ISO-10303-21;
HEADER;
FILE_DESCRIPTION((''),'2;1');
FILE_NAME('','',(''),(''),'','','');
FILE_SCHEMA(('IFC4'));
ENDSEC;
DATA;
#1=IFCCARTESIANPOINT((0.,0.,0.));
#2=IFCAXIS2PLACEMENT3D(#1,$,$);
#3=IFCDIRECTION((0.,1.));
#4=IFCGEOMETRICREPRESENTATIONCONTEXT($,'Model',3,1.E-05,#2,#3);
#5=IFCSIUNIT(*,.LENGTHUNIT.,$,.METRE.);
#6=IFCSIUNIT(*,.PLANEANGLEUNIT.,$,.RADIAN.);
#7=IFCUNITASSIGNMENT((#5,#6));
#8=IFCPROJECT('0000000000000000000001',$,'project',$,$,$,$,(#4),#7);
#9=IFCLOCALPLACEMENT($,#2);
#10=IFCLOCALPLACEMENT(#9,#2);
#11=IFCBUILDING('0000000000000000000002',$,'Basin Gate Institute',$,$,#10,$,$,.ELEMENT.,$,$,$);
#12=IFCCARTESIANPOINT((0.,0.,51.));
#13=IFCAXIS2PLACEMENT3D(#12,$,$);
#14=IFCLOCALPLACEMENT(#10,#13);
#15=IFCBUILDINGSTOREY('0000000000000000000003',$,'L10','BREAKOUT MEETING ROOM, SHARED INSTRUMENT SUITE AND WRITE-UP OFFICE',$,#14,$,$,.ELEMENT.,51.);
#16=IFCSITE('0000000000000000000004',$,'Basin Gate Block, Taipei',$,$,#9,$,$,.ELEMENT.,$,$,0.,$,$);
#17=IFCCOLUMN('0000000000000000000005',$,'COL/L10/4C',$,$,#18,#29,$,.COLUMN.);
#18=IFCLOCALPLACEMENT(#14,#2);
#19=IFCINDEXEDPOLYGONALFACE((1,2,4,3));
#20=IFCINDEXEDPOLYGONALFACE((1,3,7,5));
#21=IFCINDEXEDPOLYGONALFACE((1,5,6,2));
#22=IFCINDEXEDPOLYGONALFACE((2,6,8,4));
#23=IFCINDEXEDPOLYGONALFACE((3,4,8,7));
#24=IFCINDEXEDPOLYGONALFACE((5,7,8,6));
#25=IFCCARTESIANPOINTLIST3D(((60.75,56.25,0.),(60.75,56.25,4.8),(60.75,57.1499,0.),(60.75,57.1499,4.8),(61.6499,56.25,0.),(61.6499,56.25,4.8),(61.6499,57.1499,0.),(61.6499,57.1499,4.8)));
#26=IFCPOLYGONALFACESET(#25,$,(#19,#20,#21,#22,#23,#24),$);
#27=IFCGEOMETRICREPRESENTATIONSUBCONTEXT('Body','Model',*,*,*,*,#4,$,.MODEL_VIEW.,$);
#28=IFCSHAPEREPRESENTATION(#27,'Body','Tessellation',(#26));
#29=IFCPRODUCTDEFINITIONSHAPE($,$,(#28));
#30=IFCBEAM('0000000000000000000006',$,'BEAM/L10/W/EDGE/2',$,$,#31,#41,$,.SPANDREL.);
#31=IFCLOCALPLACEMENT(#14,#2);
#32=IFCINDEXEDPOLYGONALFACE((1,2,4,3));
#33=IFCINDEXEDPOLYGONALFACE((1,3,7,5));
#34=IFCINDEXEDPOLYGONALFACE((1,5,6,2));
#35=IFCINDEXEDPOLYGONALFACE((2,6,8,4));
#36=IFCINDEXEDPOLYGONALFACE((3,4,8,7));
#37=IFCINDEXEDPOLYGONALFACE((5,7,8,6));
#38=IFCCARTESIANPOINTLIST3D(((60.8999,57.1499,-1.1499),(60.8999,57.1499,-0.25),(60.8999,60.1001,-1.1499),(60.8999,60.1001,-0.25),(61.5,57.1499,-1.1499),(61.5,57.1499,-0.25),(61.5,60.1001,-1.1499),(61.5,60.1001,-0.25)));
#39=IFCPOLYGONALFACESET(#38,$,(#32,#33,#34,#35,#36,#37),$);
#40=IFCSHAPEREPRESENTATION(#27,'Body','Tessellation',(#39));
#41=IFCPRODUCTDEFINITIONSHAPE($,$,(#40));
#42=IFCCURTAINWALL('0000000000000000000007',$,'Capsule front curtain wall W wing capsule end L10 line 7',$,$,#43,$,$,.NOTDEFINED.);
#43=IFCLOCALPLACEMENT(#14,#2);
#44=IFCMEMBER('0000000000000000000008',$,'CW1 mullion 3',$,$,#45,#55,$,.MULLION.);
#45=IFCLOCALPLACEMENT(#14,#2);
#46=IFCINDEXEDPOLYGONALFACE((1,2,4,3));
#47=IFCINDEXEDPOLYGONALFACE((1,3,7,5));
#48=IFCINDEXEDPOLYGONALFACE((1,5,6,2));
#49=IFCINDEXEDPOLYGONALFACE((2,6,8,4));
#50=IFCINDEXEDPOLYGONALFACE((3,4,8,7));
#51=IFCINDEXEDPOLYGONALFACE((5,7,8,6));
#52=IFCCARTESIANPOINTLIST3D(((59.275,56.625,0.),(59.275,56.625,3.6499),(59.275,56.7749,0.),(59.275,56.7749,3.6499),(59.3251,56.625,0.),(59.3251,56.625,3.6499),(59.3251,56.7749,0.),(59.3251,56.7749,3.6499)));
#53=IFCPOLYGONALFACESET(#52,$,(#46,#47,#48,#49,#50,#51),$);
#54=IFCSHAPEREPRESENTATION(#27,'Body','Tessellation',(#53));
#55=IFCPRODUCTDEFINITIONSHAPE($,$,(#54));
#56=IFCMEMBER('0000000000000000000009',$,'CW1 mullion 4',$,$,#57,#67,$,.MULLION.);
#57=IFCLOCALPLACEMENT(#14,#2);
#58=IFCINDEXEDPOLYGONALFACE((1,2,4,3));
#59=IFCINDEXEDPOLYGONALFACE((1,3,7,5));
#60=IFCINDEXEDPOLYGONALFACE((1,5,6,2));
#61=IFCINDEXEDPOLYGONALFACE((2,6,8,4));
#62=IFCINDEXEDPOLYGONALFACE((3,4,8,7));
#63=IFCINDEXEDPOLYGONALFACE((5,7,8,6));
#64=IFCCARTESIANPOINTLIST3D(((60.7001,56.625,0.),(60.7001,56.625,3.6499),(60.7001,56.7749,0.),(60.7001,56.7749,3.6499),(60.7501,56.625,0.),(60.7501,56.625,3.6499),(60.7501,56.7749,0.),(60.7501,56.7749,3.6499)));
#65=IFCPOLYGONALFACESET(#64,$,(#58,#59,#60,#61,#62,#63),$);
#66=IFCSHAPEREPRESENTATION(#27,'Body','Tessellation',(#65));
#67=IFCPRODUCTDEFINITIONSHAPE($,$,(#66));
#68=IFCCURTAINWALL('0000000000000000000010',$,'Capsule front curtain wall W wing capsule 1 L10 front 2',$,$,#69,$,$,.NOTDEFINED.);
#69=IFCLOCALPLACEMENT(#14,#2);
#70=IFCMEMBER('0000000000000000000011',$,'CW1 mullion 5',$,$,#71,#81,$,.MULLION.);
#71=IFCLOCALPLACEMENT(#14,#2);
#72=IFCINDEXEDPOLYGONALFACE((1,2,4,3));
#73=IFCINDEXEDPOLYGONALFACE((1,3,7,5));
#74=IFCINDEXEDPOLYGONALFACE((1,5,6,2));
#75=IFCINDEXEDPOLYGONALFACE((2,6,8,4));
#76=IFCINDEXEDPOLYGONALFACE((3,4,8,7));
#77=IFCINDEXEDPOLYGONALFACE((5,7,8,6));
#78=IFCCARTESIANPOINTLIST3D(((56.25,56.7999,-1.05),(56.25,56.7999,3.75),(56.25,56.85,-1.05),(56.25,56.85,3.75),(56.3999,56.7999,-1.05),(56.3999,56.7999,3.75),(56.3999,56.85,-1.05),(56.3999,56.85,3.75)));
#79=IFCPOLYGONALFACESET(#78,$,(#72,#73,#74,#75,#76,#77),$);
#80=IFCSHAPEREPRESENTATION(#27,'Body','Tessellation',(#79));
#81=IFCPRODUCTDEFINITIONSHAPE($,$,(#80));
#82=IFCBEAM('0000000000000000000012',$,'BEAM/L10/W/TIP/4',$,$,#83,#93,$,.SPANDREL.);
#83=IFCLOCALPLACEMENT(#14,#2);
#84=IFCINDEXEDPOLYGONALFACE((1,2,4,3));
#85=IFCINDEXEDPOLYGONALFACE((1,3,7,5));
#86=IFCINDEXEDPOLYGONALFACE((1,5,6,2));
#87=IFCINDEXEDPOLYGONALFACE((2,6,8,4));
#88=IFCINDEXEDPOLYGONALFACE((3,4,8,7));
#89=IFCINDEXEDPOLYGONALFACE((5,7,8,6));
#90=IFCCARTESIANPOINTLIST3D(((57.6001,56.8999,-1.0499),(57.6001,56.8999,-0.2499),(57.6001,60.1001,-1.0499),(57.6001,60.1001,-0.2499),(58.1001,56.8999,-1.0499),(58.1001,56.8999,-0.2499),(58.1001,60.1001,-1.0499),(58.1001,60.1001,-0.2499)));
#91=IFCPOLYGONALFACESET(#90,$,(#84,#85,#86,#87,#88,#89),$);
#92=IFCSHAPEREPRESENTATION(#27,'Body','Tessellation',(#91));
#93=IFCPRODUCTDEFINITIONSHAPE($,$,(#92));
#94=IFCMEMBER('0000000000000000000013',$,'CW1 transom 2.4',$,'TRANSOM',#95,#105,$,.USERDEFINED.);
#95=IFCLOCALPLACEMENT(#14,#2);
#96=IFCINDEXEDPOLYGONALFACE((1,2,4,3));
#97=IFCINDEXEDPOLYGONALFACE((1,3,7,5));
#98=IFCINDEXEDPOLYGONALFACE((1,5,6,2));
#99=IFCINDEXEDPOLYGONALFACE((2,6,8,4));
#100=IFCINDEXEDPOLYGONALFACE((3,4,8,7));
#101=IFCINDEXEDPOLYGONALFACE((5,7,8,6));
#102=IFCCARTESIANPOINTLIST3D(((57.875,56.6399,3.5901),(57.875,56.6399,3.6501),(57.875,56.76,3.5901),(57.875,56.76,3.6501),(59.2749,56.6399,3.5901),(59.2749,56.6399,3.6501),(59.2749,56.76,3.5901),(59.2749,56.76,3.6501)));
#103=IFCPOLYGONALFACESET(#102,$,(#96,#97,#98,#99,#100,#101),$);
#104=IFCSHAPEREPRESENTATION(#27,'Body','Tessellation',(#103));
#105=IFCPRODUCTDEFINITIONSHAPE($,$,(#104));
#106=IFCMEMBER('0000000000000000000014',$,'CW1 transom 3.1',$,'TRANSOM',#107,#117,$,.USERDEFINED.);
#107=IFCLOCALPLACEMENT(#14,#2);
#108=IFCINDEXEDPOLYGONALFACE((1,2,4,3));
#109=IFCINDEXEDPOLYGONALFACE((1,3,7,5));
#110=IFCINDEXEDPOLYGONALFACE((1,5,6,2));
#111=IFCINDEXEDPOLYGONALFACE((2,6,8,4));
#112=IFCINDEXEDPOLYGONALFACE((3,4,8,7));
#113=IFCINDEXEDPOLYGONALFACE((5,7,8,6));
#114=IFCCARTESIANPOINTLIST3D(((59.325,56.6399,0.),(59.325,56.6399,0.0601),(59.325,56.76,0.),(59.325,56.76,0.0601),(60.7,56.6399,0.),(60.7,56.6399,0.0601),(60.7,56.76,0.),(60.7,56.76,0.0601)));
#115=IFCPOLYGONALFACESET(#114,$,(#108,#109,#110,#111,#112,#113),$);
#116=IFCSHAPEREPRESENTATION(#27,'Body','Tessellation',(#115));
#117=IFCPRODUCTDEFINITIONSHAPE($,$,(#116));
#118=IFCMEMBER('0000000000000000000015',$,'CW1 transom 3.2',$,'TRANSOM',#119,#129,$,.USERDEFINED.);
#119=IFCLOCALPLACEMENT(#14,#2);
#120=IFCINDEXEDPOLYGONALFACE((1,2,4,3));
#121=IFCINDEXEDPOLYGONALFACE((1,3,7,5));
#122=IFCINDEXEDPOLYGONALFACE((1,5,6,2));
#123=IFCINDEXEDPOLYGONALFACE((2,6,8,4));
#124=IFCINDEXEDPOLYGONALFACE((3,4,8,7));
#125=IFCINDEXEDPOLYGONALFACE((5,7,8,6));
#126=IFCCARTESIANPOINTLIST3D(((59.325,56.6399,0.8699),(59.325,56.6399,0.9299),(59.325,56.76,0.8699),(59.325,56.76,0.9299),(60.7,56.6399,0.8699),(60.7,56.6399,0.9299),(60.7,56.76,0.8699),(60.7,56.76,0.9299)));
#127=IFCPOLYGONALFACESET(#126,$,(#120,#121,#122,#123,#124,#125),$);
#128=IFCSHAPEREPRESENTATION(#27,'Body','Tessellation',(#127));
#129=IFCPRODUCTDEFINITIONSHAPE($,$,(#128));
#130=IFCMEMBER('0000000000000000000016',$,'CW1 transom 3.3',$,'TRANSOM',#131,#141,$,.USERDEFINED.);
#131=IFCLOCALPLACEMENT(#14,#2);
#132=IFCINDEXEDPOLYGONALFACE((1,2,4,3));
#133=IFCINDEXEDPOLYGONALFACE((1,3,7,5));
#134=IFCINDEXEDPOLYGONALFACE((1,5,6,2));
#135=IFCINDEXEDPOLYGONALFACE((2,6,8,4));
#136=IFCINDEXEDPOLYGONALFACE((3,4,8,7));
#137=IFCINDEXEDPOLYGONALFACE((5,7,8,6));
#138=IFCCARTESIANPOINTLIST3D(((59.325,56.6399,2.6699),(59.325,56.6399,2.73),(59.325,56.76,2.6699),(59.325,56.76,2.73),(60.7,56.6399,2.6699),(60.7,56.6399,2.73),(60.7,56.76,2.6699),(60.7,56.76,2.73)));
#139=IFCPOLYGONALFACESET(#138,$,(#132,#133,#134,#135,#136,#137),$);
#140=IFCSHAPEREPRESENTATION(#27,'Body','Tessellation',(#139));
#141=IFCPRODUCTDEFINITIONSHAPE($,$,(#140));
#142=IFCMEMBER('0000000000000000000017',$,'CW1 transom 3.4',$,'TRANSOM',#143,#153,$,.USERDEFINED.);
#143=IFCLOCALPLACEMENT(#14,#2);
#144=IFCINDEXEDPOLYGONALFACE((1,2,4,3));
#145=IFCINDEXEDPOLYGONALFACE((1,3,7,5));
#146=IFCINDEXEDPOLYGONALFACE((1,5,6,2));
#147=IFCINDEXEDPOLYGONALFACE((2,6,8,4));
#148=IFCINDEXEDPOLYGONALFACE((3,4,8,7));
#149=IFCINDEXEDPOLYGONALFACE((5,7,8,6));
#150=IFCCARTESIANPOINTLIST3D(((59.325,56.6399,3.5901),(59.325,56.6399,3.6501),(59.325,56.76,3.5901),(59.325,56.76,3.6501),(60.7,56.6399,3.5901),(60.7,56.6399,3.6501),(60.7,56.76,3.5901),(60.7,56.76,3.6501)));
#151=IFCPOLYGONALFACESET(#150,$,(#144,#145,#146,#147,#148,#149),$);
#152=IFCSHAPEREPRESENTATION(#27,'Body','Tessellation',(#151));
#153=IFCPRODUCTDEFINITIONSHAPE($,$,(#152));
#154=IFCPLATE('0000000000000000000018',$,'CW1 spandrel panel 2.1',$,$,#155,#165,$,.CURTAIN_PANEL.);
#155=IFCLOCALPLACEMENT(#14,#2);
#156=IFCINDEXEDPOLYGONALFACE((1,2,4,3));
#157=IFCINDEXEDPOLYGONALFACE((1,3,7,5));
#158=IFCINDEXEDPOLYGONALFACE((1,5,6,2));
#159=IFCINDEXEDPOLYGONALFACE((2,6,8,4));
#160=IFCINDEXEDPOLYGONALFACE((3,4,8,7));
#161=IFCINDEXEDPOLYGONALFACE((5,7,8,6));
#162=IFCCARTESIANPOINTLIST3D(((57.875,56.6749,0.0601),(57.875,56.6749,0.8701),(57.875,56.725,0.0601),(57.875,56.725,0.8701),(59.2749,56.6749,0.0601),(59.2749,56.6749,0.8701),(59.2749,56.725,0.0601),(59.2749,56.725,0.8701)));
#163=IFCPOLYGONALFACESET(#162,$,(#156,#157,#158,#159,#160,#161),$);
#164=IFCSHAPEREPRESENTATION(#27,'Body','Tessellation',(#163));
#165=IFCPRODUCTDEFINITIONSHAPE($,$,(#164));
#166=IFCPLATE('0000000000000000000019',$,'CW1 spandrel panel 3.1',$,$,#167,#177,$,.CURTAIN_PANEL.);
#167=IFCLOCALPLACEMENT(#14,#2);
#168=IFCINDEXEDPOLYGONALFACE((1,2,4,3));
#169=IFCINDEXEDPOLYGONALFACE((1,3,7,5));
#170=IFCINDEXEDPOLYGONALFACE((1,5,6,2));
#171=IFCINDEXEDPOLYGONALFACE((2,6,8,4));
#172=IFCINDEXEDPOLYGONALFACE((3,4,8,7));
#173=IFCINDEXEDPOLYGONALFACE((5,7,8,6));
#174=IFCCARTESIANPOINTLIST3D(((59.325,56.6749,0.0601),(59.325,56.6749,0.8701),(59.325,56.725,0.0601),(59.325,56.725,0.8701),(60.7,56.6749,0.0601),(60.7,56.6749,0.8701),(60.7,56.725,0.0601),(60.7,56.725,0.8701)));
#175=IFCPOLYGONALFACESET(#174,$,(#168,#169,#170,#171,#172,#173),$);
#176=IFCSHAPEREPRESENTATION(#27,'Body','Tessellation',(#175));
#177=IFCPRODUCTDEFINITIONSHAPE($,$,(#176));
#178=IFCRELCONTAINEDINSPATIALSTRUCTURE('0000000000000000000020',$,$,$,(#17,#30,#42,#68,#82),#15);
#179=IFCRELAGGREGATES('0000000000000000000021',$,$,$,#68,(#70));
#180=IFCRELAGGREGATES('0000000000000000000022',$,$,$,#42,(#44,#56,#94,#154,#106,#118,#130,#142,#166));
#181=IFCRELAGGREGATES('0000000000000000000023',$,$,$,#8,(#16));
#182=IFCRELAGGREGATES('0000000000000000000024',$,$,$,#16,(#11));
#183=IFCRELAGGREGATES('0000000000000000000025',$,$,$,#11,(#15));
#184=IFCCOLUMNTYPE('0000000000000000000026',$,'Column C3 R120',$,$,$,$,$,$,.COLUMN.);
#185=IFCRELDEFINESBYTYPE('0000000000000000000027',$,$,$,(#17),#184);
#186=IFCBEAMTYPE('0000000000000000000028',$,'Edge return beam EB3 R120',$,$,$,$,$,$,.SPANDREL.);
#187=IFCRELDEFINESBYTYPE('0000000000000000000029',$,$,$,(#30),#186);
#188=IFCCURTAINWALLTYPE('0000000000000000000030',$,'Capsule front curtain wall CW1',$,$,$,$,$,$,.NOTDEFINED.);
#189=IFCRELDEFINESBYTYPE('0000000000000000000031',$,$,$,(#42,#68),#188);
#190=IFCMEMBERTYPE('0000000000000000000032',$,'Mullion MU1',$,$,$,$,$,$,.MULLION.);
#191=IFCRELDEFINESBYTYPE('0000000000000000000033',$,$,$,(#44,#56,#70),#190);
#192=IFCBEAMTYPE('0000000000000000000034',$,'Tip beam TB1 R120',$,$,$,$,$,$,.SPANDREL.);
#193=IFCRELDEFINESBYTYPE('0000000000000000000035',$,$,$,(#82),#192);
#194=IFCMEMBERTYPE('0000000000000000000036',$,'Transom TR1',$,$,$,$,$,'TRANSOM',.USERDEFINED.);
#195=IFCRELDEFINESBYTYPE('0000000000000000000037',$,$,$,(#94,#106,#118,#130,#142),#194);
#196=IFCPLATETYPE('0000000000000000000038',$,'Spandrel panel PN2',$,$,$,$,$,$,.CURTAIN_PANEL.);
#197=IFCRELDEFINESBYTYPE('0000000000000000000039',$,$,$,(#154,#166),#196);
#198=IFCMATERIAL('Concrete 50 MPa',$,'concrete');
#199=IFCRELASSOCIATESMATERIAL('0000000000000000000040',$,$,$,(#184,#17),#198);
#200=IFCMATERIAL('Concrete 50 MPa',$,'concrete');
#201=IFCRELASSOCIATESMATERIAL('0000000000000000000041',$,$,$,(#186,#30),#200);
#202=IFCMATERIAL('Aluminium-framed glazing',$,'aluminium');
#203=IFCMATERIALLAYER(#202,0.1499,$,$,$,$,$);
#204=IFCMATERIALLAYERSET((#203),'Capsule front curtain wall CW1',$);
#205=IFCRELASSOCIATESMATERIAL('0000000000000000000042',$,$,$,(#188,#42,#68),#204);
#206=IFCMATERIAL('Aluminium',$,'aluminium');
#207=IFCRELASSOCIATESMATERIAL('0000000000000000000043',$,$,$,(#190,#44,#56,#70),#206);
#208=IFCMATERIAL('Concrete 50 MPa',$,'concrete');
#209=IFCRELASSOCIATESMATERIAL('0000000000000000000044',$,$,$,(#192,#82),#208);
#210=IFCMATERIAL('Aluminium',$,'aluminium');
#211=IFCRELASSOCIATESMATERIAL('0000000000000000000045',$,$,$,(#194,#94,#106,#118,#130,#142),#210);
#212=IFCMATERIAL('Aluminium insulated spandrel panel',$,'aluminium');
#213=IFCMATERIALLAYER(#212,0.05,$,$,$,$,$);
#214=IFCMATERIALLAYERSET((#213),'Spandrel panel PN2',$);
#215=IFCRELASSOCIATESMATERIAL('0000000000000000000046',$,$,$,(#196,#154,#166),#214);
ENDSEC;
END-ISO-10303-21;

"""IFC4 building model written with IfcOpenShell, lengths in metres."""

from ifc_helpers import new_model, si_unit, direction, frame, origin, origin_2d, place, context, subcontext, project, spatial, rectangle, extrude, material, layer, layer_set, material_profile, profile_set, type_object, element, aggregate, save


model = new_model("IFC4")

# Units and contexts
model_context = context("Model", 3, precision=1e-05, world=origin(), true_north=direction((0.0, 1.0)))
body_context = subcontext(model_context, "Body", "Model", "MODEL_VIEW")
ifc_project = project(units=[si_unit("LENGTHUNIT", "METRE"), si_unit("PLANEANGLEUNIT", "RADIAN")], contexts=[model_context])

# Site, building, storey
site_placement = place(None, origin())
site = spatial("IfcSite", under=ifc_project, at=site_placement, Name="Basin Gate Block, Taipei", CompositionType="ELEMENT", RefElevation=0.0)
building_placement = place(site_placement, origin())
building = spatial("IfcBuilding", under=site, at=building_placement, Name="Basin Gate Institute", CompositionType="ELEMENT")
storey_placement = place(building_placement, frame((0.0, 0.0, 51.0)))
storey = spatial("IfcBuildingStorey", under=building, at=storey_placement, Name="L10", Description="BREAKOUT MEETING ROOM, SHARED INSTRUMENT SUITE AND WRITE-UP OFFICE", CompositionType="ELEMENT", Elevation=51.0)

# Column
ifc_material_1 = material(Name="Concrete 50 MPa", Category="concrete")
ifc_material_profile_1 = material_profile(ifc_material_1, rectangle(XDim=0.8999, YDim=0.8999, at=origin_2d()), Name="Column C3 900 x 900")
ifc_profile_set_1 = profile_set([ifc_material_profile_1], Name="Concrete 50 MPa")
column_type = type_object("IfcColumnType", Name="Column C3 R120", PredefinedType="COLUMN", material=ifc_profile_set_1)
column_placement = place(storey_placement, frame((61.2, 56.7, 0.0), z_axis=(0.0, 0.0, 1.0), x_axis=(1.0, 0.0, 0.0)))
element("IfcColumn", 1, at=column_placement, inside=storey, type_object=column_type, material=ifc_profile_set_1, Name="COL/L10/4C", PredefinedType="COLUMN", context=body_context, shape_type="SweptSolid", body=[
    extrude(rectangle(XDim=0.8999, YDim=0.8999, at=origin_2d()), origin(), (0.0, 0.0, 1.0), 4.8),
])

# Beam
ifc_material_2 = material(Name="Concrete 50 MPa", Category="concrete")
ifc_material_profile_2 = material_profile(ifc_material_2, rectangle(XDim=0.6001, YDim=0.8999, at=origin_2d()), Name="Edge return beam EB3 600 x 900")
ifc_profile_set_2 = profile_set([ifc_material_profile_2], Name="Concrete 50 MPa")
beam_type_1 = type_object("IfcBeamType", Name="Edge return beam EB3 R120", PredefinedType="SPANDREL", material=ifc_profile_set_2)
beam_1_placement = place(storey_placement, frame((61.2, 57.1499, -0.7), z_axis=(0.0, 1.0, 0.0), x_axis=(-1.0, 0.0, 0.0)))
element("IfcBeam", 2, at=beam_1_placement, inside=storey, type_object=beam_type_1, material=ifc_profile_set_2, Name="BEAM/L10/W/EDGE/2", PredefinedType="SPANDREL", context=body_context, shape_type="SweptSolid", body=[
    extrude(rectangle(XDim=0.6001, YDim=0.8999, at=origin_2d()), origin(), (0.0, 0.0, 1.0), 2.9502),
])

# Curtain wall, members
ifc_material_3 = material(Name="Aluminium-framed glazing", Category="aluminium")
ifc_layer_1 = layer(ifc_material_3, 0.1499)
ifc_layer_set_1 = layer_set([ifc_layer_1], Name="Capsule front curtain wall CW1")
curtain_wall_type = type_object("IfcCurtainWallType", Name="Capsule front curtain wall CW1", PredefinedType="NOTDEFINED", material=ifc_layer_set_1)
curtain_wall_1_placement = place(storey_placement, origin())
curtain_wall_1 = element("IfcCurtainWall", 3, at=curtain_wall_1_placement, inside=storey, type_object=curtain_wall_type, material=ifc_layer_set_1, Name="Capsule front curtain wall W wing capsule end L10 line 7", PredefinedType="NOTDEFINED")
ifc_material_4 = material(Name="Aluminium", Category="aluminium")
ifc_material_profile_3 = material_profile(ifc_material_4, rectangle(XDim=0.1499, YDim=0.05, at=origin_2d()), Name="Mullion MU1 150 x 50")
ifc_profile_set_3 = profile_set([ifc_material_profile_3], Name="Aluminium")
member_type_1 = type_object("IfcMemberType", Name="Mullion MU1", PredefinedType="MULLION", material=ifc_profile_set_3)
member_1_placement = place(storey_placement, frame((59.3, 56.7, 0.0), z_axis=(0.0, 0.0, 1.0), x_axis=(0.0, 1.0, 0.0)))
member_1 = element("IfcMember", 4, at=member_1_placement, type_object=member_type_1, material=ifc_profile_set_3, Name="CW1 mullion 3", PredefinedType="MULLION", context=body_context, shape_type="SweptSolid", body=[
    extrude(rectangle(XDim=0.1499, YDim=0.05, at=origin_2d()), origin(), (0.0, 0.0, 1.0), 3.6499),
])
member_2_placement = place(storey_placement, frame((60.7251, 56.7, 0.0), z_axis=(0.0, 0.0, 1.0), x_axis=(0.0, 1.0, 0.0)))
member_2 = element("IfcMember", 5, at=member_2_placement, type_object=member_type_1, material=ifc_profile_set_3, Name="CW1 mullion 4", PredefinedType="MULLION", context=body_context, shape_type="SweptSolid", body=[
    extrude(rectangle(XDim=0.1499, YDim=0.05, at=origin_2d()), origin(), (0.0, 0.0, 1.0), 3.6499),
])

# Curtain wall, member
curtain_wall_2_placement = place(storey_placement, origin())
curtain_wall_2 = element("IfcCurtainWall", 6, at=curtain_wall_2_placement, inside=storey, type_object=curtain_wall_type, material=ifc_layer_set_1, Name="Capsule front curtain wall W wing capsule 1 L10 front 2", PredefinedType="NOTDEFINED")
member_3_placement = place(storey_placement, frame((56.325, 56.825, -1.05), z_axis=(0.0, 0.0, 1.0), x_axis=(-1.0, 0.0, 0.0)))
member_3 = element("IfcMember", 7, at=member_3_placement, type_object=member_type_1, material=ifc_profile_set_3, Name="CW1 mullion 5", PredefinedType="MULLION", context=body_context, shape_type="SweptSolid", body=[
    extrude(rectangle(XDim=0.1499, YDim=0.05, at=origin_2d()), origin(), (0.0, 0.0, 1.0), 4.8),
])
aggregate(curtain_wall_2, [member_3])

# Beam
ifc_material_5 = material(Name="Concrete 50 MPa", Category="concrete")
ifc_material_profile_4 = material_profile(ifc_material_5, rectangle(XDim=0.5, YDim=0.8, at=origin_2d()), Name="Tip beam TB1 500 x 800")
ifc_profile_set_4 = profile_set([ifc_material_profile_4], Name="Concrete 50 MPa")
beam_type_2 = type_object("IfcBeamType", Name="Tip beam TB1 R120", PredefinedType="SPANDREL", material=ifc_profile_set_4)
beam_2_placement = place(storey_placement, frame((57.8501, 56.8999, -0.6499), z_axis=(0.0, 1.0, 0.0), x_axis=(-1.0, 0.0, 0.0)))
element("IfcBeam", 8, at=beam_2_placement, inside=storey, type_object=beam_type_2, material=ifc_profile_set_4, Name="BEAM/L10/W/TIP/4", PredefinedType="SPANDREL", context=body_context, shape_type="SweptSolid", body=[
    extrude(rectangle(XDim=0.5, YDim=0.8, at=origin_2d()), origin(), (0.0, 0.0, 1.0), 3.2002),
])

# Members
ifc_material_6 = material(Name="Aluminium", Category="aluminium")
ifc_material_profile_5 = material_profile(ifc_material_6, rectangle(XDim=0.1201, YDim=0.0601, at=origin_2d()), Name="Transom TR1 120 x 60")
ifc_profile_set_5 = profile_set([ifc_material_profile_5], Name="Aluminium")
member_type_2 = type_object("IfcMemberType", Name="Transom TR1", ElementType="TRANSOM", PredefinedType="USERDEFINED", material=ifc_profile_set_5)
member_4_placement = place(storey_placement, frame((57.875, 56.7, 3.6201), z_axis=(1.0, 0.0, 0.0), x_axis=(0.0, 1.0, 0.0)))
member_4 = element("IfcMember", 9, at=member_4_placement, type_object=member_type_2, material=ifc_profile_set_5, Name="CW1 transom 2.4", ObjectType="TRANSOM", PredefinedType="USERDEFINED", context=body_context, shape_type="SweptSolid", body=[
    extrude(rectangle(XDim=0.1201, YDim=0.0601, at=origin_2d()), origin(), (0.0, 0.0, 1.0), 1.3999),
])
member_5_placement = place(storey_placement, frame((59.325, 56.7, 0.03), z_axis=(1.0, 0.0, 0.0), x_axis=(0.0, 1.0, 0.0)))
member_5 = element("IfcMember", 10, at=member_5_placement, type_object=member_type_2, material=ifc_profile_set_5, Name="CW1 transom 3.1", ObjectType="TRANSOM", PredefinedType="USERDEFINED", context=body_context, shape_type="SweptSolid", body=[
    extrude(rectangle(XDim=0.1201, YDim=0.0601, at=origin_2d()), origin(), (0.0, 0.0, 1.0), 1.375),
])
member_6_placement = place(storey_placement, frame((59.325, 56.7, 0.8999), z_axis=(1.0, 0.0, 0.0), x_axis=(0.0, 1.0, 0.0)))
member_6 = element("IfcMember", 11, at=member_6_placement, type_object=member_type_2, material=ifc_profile_set_5, Name="CW1 transom 3.2", ObjectType="TRANSOM", PredefinedType="USERDEFINED", context=body_context, shape_type="SweptSolid", body=[
    extrude(rectangle(XDim=0.1201, YDim=0.0601, at=origin_2d()), origin(), (0.0, 0.0, 1.0), 1.375),
])
member_7_placement = place(storey_placement, frame((59.325, 56.7, 2.7), z_axis=(1.0, 0.0, 0.0), x_axis=(0.0, 1.0, 0.0)))
member_7 = element("IfcMember", 12, at=member_7_placement, type_object=member_type_2, material=ifc_profile_set_5, Name="CW1 transom 3.3", ObjectType="TRANSOM", PredefinedType="USERDEFINED", context=body_context, shape_type="SweptSolid", body=[
    extrude(rectangle(XDim=0.1201, YDim=0.0601, at=origin_2d()), origin(), (0.0, 0.0, 1.0), 1.375),
])
member_8_placement = place(storey_placement, frame((59.325, 56.7, 3.6201), z_axis=(1.0, 0.0, 0.0), x_axis=(0.0, 1.0, 0.0)))
member_8 = element("IfcMember", 13, at=member_8_placement, type_object=member_type_2, material=ifc_profile_set_5, Name="CW1 transom 3.4", ObjectType="TRANSOM", PredefinedType="USERDEFINED", context=body_context, shape_type="SweptSolid", body=[
    extrude(rectangle(XDim=0.1201, YDim=0.0601, at=origin_2d()), origin(), (0.0, 0.0, 1.0), 1.375),
])

# Plates
ifc_material_7 = material(Name="Aluminium insulated spandrel panel", Category="aluminium")
ifc_layer_2 = layer(ifc_material_7, 0.05)
ifc_layer_set_2 = layer_set([ifc_layer_2], Name="Spandrel panel PN2")
plate_type_1 = type_object("IfcPlateType", Name="Spandrel panel PN2", PredefinedType="CURTAIN_PANEL", material=ifc_layer_set_2)
plate_1_placement = place(storey_placement, frame((58.575, 56.7, 0.0601), z_axis=(0.0, 0.0, 1.0), x_axis=(1.0, 0.0, 0.0)))
plate_1 = element("IfcPlate", 14, at=plate_1_placement, type_object=plate_type_1, material=ifc_layer_set_2, Name="CW1 spandrel panel 2.1", PredefinedType="CURTAIN_PANEL", context=body_context, shape_type="SweptSolid", body=[
    extrude(rectangle(XDim=1.3999, YDim=0.05, at=origin_2d()), origin(), (0.0, 0.0, 1.0), 0.8101),
])
plate_2_placement = place(storey_placement, frame((60.0125, 56.7, 0.0601), z_axis=(0.0, 0.0, 1.0), x_axis=(1.0, 0.0, 0.0)))
plate_2 = element("IfcPlate", 15, at=plate_2_placement, type_object=plate_type_1, material=ifc_layer_set_2, Name="CW1 spandrel panel 3.1", PredefinedType="CURTAIN_PANEL", context=body_context, shape_type="SweptSolid", body=[
    extrude(rectangle(XDim=1.375, YDim=0.05, at=origin_2d()), origin(), (0.0, 0.0, 1.0), 0.8101),
])
aggregate(curtain_wall_1, [member_1, member_2, member_4, plate_1, member_5, member_6, member_7, member_8, plate_2])

save(model, "model.ifc")
